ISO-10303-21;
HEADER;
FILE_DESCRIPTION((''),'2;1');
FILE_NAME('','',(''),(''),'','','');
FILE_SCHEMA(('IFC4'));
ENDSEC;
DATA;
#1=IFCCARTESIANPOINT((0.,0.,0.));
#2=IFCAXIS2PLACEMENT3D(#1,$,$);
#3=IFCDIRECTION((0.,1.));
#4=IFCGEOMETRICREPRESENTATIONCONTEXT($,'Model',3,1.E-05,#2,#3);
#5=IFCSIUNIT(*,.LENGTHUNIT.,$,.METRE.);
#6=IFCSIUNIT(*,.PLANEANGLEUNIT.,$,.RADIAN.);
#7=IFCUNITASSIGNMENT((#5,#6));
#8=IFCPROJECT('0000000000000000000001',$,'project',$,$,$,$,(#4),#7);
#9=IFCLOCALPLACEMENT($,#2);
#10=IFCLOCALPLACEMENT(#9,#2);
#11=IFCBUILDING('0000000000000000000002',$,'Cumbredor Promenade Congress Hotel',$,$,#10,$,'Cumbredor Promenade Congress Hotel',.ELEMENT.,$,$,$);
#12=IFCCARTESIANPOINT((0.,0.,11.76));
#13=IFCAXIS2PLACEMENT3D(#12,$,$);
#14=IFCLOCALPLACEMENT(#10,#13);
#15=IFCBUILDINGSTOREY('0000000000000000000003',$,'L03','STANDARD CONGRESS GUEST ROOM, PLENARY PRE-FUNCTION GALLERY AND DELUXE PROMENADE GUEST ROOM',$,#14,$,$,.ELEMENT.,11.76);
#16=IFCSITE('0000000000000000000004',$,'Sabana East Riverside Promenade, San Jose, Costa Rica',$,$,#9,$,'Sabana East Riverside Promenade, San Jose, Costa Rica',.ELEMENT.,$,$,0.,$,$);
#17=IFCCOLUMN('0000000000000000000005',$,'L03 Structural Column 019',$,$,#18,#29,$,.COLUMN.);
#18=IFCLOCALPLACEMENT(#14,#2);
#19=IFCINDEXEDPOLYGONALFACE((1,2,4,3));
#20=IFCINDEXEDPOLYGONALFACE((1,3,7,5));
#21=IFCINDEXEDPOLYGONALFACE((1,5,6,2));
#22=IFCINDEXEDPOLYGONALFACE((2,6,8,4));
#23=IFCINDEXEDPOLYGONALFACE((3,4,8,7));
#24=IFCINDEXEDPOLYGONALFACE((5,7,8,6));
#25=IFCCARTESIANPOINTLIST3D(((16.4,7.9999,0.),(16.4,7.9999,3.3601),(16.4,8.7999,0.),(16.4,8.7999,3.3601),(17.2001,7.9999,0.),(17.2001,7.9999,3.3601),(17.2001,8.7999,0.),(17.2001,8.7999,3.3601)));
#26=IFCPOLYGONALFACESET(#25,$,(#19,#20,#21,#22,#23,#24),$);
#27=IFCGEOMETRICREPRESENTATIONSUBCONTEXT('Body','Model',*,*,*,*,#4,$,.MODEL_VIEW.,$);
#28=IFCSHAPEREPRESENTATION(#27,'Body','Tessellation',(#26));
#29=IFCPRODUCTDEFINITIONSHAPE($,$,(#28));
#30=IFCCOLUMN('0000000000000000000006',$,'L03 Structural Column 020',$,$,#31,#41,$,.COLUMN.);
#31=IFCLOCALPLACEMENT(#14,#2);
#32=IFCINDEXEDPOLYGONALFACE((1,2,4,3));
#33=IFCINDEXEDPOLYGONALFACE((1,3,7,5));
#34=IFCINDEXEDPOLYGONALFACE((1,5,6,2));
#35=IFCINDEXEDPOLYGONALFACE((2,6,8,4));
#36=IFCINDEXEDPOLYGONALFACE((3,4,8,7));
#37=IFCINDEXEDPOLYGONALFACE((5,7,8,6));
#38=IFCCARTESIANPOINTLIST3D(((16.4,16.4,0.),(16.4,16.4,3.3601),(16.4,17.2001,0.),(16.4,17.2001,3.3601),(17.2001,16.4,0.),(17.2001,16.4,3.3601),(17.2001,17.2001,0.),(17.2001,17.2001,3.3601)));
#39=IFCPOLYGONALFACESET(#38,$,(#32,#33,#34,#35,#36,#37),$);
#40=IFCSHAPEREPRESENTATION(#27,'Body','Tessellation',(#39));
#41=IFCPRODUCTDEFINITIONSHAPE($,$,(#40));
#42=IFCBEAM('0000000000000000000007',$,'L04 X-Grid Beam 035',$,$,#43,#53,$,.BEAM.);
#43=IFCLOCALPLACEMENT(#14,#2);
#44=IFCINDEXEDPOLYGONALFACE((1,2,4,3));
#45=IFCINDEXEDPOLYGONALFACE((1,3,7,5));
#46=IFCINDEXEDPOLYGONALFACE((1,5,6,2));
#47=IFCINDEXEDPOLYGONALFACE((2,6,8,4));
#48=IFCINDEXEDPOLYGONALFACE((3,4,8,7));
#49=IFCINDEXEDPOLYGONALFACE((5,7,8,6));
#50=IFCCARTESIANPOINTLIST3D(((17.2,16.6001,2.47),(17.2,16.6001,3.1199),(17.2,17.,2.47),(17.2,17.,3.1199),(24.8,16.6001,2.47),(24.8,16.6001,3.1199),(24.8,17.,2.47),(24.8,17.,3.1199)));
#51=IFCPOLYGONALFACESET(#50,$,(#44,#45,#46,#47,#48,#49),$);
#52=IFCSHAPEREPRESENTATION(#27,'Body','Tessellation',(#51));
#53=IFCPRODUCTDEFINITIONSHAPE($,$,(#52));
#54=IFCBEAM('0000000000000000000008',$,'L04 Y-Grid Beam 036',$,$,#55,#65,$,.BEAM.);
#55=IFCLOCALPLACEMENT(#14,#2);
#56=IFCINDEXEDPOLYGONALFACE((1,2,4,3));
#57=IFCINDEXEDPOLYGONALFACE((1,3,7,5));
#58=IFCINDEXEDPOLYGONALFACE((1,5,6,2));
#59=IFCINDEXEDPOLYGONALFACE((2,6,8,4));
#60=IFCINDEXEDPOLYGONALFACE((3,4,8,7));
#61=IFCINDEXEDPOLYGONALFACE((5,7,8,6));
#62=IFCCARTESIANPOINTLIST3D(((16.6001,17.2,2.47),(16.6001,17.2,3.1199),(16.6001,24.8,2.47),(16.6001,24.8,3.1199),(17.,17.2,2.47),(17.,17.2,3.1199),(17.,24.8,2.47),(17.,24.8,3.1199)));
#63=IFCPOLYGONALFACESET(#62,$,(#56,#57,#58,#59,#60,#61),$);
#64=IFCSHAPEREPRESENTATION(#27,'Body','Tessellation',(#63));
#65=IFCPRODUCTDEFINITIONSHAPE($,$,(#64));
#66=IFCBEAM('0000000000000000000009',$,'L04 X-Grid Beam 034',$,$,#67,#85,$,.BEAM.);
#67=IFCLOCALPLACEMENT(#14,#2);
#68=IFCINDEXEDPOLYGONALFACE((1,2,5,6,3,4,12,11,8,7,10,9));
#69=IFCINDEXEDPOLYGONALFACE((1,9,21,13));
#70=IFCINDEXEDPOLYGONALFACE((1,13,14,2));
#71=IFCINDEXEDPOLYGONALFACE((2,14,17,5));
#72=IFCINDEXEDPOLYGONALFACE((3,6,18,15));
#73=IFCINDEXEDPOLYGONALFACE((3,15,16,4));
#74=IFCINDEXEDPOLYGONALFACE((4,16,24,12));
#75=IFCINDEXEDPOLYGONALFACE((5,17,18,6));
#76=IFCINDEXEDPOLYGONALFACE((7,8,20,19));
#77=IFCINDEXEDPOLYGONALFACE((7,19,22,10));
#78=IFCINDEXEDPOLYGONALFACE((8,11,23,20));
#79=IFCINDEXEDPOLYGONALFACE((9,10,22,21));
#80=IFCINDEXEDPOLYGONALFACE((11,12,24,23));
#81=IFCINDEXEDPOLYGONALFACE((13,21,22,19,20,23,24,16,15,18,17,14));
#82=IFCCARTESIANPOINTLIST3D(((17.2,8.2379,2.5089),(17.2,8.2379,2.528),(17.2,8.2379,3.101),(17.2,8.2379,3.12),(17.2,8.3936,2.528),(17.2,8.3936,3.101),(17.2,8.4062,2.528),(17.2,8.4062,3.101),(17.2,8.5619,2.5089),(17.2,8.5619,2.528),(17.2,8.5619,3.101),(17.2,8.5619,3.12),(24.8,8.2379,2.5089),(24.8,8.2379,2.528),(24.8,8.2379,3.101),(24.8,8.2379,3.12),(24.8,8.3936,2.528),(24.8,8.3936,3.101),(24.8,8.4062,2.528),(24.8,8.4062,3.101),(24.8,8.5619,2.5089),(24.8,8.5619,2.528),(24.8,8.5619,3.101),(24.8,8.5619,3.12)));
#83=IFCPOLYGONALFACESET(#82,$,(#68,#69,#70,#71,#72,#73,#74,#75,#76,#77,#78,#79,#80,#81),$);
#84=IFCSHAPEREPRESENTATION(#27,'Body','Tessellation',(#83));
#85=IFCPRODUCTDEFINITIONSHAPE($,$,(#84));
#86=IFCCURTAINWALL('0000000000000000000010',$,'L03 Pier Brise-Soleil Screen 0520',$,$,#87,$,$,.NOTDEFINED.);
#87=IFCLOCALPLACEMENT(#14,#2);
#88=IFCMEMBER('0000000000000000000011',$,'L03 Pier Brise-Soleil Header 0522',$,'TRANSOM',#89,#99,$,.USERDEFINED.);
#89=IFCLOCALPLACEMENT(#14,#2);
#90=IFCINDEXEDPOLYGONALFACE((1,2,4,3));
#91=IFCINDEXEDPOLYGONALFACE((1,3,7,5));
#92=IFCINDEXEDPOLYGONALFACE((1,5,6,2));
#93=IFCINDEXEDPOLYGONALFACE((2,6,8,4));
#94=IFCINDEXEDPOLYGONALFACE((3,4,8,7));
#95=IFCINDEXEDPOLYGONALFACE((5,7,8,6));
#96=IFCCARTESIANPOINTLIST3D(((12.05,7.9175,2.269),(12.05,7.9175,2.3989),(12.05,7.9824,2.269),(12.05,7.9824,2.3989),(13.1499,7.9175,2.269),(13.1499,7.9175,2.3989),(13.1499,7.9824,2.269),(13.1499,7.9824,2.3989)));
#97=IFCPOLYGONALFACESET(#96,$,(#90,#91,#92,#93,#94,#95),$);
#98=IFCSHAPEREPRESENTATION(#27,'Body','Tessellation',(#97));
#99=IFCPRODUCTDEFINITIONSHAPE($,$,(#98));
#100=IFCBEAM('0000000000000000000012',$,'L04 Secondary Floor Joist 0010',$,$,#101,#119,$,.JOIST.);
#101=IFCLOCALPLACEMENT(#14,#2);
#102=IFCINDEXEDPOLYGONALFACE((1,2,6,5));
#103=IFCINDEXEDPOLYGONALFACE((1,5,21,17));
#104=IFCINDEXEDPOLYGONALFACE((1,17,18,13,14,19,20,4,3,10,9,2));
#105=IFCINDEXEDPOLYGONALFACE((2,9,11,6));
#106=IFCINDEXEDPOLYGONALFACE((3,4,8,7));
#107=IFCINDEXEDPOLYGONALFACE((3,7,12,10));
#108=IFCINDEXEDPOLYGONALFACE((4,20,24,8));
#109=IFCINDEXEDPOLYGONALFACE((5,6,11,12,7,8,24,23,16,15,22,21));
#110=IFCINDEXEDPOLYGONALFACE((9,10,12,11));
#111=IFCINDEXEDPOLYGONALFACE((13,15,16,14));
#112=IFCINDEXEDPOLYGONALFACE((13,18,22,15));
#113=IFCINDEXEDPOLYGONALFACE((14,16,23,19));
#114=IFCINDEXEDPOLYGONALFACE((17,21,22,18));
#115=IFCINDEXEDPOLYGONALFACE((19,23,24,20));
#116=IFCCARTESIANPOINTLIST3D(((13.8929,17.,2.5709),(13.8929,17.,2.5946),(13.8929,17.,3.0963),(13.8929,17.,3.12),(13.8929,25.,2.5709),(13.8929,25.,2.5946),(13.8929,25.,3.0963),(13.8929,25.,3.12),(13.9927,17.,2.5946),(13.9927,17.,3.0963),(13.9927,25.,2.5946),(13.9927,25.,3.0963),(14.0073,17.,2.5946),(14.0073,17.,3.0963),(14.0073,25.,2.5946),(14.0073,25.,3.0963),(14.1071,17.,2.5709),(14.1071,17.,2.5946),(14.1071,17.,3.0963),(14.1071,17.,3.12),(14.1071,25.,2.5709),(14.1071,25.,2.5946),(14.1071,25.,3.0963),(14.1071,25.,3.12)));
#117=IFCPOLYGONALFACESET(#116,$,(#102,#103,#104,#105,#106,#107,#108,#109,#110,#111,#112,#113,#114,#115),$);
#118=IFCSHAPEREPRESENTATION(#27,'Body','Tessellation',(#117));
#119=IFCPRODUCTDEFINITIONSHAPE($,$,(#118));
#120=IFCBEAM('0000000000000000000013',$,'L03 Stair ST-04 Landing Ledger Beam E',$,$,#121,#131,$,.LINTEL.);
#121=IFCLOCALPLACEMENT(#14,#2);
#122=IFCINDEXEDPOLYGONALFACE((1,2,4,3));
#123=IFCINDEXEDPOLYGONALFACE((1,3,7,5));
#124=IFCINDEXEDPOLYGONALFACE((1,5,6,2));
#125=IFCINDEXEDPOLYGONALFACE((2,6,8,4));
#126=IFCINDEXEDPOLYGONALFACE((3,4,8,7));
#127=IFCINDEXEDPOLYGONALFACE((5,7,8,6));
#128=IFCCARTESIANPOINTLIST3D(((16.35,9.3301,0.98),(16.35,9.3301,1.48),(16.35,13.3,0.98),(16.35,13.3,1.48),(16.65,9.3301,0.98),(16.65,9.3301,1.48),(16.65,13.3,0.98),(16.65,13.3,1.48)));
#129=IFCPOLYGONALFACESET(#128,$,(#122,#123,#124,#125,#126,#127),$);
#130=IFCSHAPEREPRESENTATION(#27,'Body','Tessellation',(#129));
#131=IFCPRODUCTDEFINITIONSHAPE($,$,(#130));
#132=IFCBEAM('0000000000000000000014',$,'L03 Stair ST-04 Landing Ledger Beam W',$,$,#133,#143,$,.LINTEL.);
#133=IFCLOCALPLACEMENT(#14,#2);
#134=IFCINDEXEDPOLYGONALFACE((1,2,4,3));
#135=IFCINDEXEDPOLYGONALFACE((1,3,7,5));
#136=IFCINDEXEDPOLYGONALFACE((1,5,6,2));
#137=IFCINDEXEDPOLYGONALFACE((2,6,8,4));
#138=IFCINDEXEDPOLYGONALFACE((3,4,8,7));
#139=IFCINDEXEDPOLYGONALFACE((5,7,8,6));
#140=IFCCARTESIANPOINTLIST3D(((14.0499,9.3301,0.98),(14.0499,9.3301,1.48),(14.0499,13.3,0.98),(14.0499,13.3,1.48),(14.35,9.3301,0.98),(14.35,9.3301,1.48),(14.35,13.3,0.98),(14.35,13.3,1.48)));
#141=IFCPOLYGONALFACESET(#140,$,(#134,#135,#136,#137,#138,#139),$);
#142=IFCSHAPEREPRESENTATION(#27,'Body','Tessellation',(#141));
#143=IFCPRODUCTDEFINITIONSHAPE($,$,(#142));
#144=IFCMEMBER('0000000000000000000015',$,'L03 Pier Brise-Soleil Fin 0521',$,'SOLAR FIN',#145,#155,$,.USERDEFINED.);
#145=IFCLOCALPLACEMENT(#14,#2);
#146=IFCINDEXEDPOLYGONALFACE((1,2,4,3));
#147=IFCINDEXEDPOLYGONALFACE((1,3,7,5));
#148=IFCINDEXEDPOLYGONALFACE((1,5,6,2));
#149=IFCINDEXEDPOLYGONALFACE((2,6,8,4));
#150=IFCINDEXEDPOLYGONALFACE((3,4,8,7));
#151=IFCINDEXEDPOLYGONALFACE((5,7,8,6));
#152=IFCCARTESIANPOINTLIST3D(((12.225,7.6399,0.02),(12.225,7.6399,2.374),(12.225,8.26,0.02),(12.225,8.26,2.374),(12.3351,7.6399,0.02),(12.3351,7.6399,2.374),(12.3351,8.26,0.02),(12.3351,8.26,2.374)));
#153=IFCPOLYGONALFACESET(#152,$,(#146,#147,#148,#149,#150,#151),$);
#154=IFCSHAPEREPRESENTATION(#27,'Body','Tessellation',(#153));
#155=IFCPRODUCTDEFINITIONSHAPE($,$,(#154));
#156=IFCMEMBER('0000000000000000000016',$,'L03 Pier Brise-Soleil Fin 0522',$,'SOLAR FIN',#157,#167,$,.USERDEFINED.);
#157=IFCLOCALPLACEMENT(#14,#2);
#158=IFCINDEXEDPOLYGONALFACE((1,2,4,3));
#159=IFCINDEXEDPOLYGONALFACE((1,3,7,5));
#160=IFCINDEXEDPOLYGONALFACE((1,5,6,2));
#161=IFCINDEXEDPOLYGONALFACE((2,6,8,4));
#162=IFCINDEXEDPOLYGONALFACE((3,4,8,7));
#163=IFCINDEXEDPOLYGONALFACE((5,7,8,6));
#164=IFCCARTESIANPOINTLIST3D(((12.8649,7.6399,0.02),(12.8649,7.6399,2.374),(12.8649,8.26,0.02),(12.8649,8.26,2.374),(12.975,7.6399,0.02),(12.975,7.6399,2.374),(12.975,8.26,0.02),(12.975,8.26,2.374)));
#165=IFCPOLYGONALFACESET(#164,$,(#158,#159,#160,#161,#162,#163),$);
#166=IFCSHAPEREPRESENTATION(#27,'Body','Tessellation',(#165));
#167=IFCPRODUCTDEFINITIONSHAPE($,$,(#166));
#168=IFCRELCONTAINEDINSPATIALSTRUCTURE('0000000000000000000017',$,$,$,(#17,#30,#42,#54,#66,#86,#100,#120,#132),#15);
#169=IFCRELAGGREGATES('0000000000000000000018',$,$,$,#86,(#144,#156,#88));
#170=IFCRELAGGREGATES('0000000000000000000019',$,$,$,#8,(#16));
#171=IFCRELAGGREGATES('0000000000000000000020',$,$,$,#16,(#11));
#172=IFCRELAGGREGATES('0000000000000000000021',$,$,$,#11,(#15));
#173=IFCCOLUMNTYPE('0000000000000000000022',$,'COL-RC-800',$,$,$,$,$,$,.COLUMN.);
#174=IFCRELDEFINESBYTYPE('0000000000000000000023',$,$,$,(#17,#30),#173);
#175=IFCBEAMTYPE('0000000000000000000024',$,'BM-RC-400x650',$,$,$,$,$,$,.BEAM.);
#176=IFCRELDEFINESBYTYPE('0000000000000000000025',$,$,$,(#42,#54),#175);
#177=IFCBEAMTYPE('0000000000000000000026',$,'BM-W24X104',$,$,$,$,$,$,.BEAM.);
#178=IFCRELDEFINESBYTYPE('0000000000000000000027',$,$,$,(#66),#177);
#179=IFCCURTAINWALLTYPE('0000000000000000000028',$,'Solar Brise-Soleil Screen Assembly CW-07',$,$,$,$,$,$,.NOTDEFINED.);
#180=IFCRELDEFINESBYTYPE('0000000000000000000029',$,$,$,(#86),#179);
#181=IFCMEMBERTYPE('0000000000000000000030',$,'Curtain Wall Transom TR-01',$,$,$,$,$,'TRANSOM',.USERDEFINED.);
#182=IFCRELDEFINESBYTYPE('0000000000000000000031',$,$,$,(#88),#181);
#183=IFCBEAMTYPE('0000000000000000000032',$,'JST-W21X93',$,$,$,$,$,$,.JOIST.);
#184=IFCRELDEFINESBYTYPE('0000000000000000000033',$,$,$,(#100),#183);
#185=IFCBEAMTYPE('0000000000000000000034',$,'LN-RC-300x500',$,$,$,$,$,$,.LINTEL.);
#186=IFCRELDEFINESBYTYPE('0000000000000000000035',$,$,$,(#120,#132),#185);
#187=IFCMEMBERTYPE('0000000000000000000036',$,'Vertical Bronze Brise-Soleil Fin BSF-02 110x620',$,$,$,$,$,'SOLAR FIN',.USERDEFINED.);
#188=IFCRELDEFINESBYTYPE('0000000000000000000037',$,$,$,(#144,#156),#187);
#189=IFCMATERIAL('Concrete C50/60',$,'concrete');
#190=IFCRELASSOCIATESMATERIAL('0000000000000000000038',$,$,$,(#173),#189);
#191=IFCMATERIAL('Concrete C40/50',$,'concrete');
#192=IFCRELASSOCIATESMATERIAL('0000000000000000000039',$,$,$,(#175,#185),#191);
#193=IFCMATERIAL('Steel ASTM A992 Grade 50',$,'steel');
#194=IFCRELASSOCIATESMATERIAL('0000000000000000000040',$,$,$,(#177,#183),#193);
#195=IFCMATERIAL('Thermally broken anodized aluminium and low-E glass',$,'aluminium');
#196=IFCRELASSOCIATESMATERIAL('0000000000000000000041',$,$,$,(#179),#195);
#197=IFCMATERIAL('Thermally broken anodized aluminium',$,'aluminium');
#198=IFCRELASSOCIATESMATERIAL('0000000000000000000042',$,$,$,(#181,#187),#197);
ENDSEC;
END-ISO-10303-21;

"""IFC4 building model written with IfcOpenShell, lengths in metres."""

from ifc_helpers import new_model, si_unit, direction, frame, origin, origin_2d, place, context, subcontext, project, spatial, rectangle, i_section, extrude, material, material_profile, profile_set, type_object, element, aggregate, save


model = new_model("IFC4")

# Units and contexts
model_context = context("Model", 3, precision=1e-05, world=origin(), true_north=direction((0.0, 1.0)))
body_context = subcontext(model_context, "Body", "Model", "MODEL_VIEW")
ifc_project = project(units=[si_unit("LENGTHUNIT", "METRE"), si_unit("PLANEANGLEUNIT", "RADIAN")], contexts=[model_context])

# Site, building, storey
site_placement = place(None, origin())
site = spatial("IfcSite", under=ifc_project, at=site_placement, Name="Sabana East Riverside Promenade, San Jose, Costa Rica", LongName="Sabana East Riverside Promenade, San Jose, Costa Rica", CompositionType="ELEMENT", RefElevation=0.0)
building_placement = place(site_placement, origin())
building = spatial("IfcBuilding", under=site, at=building_placement, Name="Cumbredor Promenade Congress Hotel", LongName="Cumbredor Promenade Congress Hotel", CompositionType="ELEMENT")
storey_placement = place(building_placement, frame((0.0, 0.0, 11.76)))
storey = spatial("IfcBuildingStorey", under=building, at=storey_placement, Name="L03", Description="STANDARD CONGRESS GUEST ROOM, PLENARY PRE-FUNCTION GALLERY AND DELUXE PROMENADE GUEST ROOM", CompositionType="ELEMENT", Elevation=11.76)

# Columns
ifc_material_1 = material(Name="Concrete C50/60", Category="concrete")
ifc_material_profile_1 = material_profile(ifc_material_1, rectangle(XDim=0.8, YDim=0.8, at=origin_2d()), Name="RC 800x800")
ifc_profile_set_1 = profile_set([ifc_material_profile_1], Name="Concrete C50/60")
column_type = type_object("IfcColumnType", Name="COL-RC-800", PredefinedType="COLUMN", material=ifc_profile_set_1)
for number, where, z_axis, x_axis, name in (
    (1, (16.8, 8.3999, 0.0), (0.0, 0.0, 1.0), (1.0, 0.0, 0.0), "L03 Structural Column 019"),
    (2, (16.8, 16.8, 0.0), (0.0, 0.0, 1.0), (1.0, 0.0, 0.0), "L03 Structural Column 020"),
):
    element("IfcColumn", number, at=place(storey_placement, frame(where, z_axis=z_axis, x_axis=x_axis)), inside=storey, type_object=column_type, Name=name, PredefinedType="COLUMN", context=body_context, shape_type="SweptSolid", body=[
        extrude(rectangle(XDim=0.8, YDim=0.8, at=origin_2d()), origin(), (0.0, 0.0, 1.0), 3.3601),
    ])

# Beams
ifc_material_2 = material(Name="Concrete C40/50", Category="concrete")
ifc_material_profile_2 = material_profile(ifc_material_2, rectangle(XDim=0.3999, YDim=0.6499, at=origin_2d()), Name="RC BEAM 400x650")
ifc_profile_set_2 = profile_set([ifc_material_profile_2], Name="Concrete C40/50")
beam_type_1 = type_object("IfcBeamType", Name="BM-RC-400x650", PredefinedType="BEAM", material=ifc_profile_set_2)
for number, where, z_axis, x_axis, name in (
    (3, (17.2, 16.8, 2.7949), (1.0, 0.0, 0.0), (0.0, 1.0, 0.0), "L04 X-Grid Beam 035"),
    (4, (16.8, 17.2, 2.7949), (0.0, 1.0, 0.0), (-1.0, 0.0, 0.0), "L04 Y-Grid Beam 036"),
):
    element("IfcBeam", number, at=place(storey_placement, frame(where, z_axis=z_axis, x_axis=x_axis)), inside=storey, type_object=beam_type_1, Name=name, PredefinedType="BEAM", context=body_context, shape_type="SweptSolid", body=[
        extrude(rectangle(XDim=0.3999, YDim=0.6499, at=origin_2d()), origin(), (0.0, 0.0, 1.0), 7.6001),
    ])
ifc_material_3 = material(Name="Steel ASTM A992 Grade 50", Category="steel")
ifc_material_profile_3 = material_profile(ifc_material_3, i_section(OverallWidth=0.324, OverallDepth=0.6111, WebThickness=0.0127, FlangeThickness=0.019, at=origin_2d()), Name="W24X104")
ifc_profile_set_3 = profile_set([ifc_material_profile_3], Name="Steel ASTM A992 Grade 50")
beam_type_2 = type_object("IfcBeamType", Name="BM-W24X104", PredefinedType="BEAM", material=ifc_profile_set_3)
beam_1_placement = place(storey_placement, frame((17.2, 8.3999, 2.8145), z_axis=(1.0, 0.0, 0.0), x_axis=(0.0, 1.0, 0.0)))
element("IfcBeam", 5, at=beam_1_placement, inside=storey, type_object=beam_type_2, Name="L04 X-Grid Beam 034", PredefinedType="BEAM", context=body_context, shape_type="SweptSolid", body=[
    extrude(i_section(OverallWidth=0.324, OverallDepth=0.6111, WebThickness=0.0127, FlangeThickness=0.019, at=origin_2d()), origin(), (0.0, 0.0, 1.0), 7.6001),
])

# Curtain wall, member
ifc_material_4 = material(Name="Thermally broken anodized aluminium and low-E glass", Category="aluminium")
curtain_wall_type = type_object("IfcCurtainWallType", Name="Solar Brise-Soleil Screen Assembly CW-07", PredefinedType="NOTDEFINED", material=ifc_material_4)
curtain_wall_placement = place(storey_placement, origin())
curtain_wall = element("IfcCurtainWall", 6, at=curtain_wall_placement, inside=storey, type_object=curtain_wall_type, Name="L03 Pier Brise-Soleil Screen 0520", PredefinedType="NOTDEFINED")
ifc_material_5 = material(Name="Thermally broken anodized aluminium", Category="aluminium")
ifc_material_profile_4 = material_profile(ifc_material_5, rectangle(XDim=0.0649, YDim=0.1299, at=origin_2d()), Name="ALU TRANSOM 65x130")
ifc_profile_set_4 = profile_set([ifc_material_profile_4], Name="Thermally broken anodized aluminium")
member_type_1 = type_object("IfcMemberType", Name="Curtain Wall Transom TR-01", ElementType="TRANSOM", PredefinedType="USERDEFINED", material=ifc_profile_set_4)
member_1_placement = place(storey_placement, frame((12.05, 7.95, 2.334), z_axis=(1.0, 0.0, 0.0), x_axis=(0.0, 1.0, 0.0)))
member_1 = element("IfcMember", 7, at=member_1_placement, type_object=member_type_1, Name="L03 Pier Brise-Soleil Header 0522", ObjectType="TRANSOM", PredefinedType="USERDEFINED", context=body_context, shape_type="SweptSolid", body=[
    extrude(rectangle(XDim=0.0649, YDim=0.1299, at=origin_2d()), origin(), (0.0, 0.0, 1.0), 1.0999),
])

# Beams
ifc_material_profile_5 = material_profile(ifc_material_3, i_section(OverallWidth=0.2141, OverallDepth=0.5491, WebThickness=0.0146, FlangeThickness=0.0237, at=origin_2d()), Name="W21X93")
ifc_profile_set_5 = profile_set([ifc_material_profile_5], Name="Steel ASTM A992 Grade 50")
beam_type_3 = type_object("IfcBeamType", Name="JST-W21X93", PredefinedType="JOIST", material=ifc_profile_set_5)
beam_2_placement = place(storey_placement, frame((14.0, 17.0, 2.8455), z_axis=(0.0, 1.0, 0.0), x_axis=(-1.0, 0.0, 0.0)))
element("IfcBeam", 8, at=beam_2_placement, inside=storey, type_object=beam_type_3, Name="L04 Secondary Floor Joist 0010", PredefinedType="JOIST", context=body_context, shape_type="SweptSolid", body=[
    extrude(i_section(OverallWidth=0.2141, OverallDepth=0.5491, WebThickness=0.0146, FlangeThickness=0.0237, at=origin_2d()), origin(), (0.0, 0.0, 1.0), 8.0),
])
ifc_material_profile_6 = material_profile(ifc_material_2, rectangle(XDim=0.3, YDim=0.5, at=origin_2d()), Name="RC LINTEL 300x500")
ifc_profile_set_6 = profile_set([ifc_material_profile_6], Name="Concrete C40/50")
beam_type_4 = type_object("IfcBeamType", Name="LN-RC-300x500", PredefinedType="LINTEL", material=ifc_profile_set_6)
for number, where, z_axis, x_axis, name in (
    (9, (16.5, 9.3301, 1.23), (0.0, 1.0, 0.0), (-1.0, 0.0, 0.0), "L03 Stair ST-04 Landing Ledger Beam E"),
    (10, (14.2, 9.3301, 1.23), (0.0, 1.0, 0.0), (-1.0, 0.0, 0.0), "L03 Stair ST-04 Landing Ledger Beam W"),
):
    element("IfcBeam", number, at=place(storey_placement, frame(where, z_axis=z_axis, x_axis=x_axis)), inside=storey, type_object=beam_type_4, Name=name, PredefinedType="LINTEL", context=body_context, shape_type="SweptSolid", body=[
        extrude(rectangle(XDim=0.3, YDim=0.5, at=origin_2d()), origin(), (0.0, 0.0, 1.0), 3.97),
    ])

# Members
ifc_material_profile_7 = material_profile(ifc_material_5, rectangle(XDim=0.1101, YDim=0.6201, at=origin_2d()), Name="ARCH FIN 110x620")
ifc_profile_set_7 = profile_set([ifc_material_profile_7], Name="Thermally broken anodized aluminium")
member_type_2 = type_object("IfcMemberType", Name="Vertical Bronze Brise-Soleil Fin BSF-02 110x620", ElementType="SOLAR FIN", PredefinedType="USERDEFINED", material=ifc_profile_set_7)
member_2_placement = place(storey_placement, frame((12.28, 7.95, 0.02), z_axis=(0.0, 0.0, 1.0), x_axis=(1.0, 0.0, 0.0)))
member_2 = element("IfcMember", 11, at=member_2_placement, type_object=member_type_2, Name="L03 Pier Brise-Soleil Fin 0521", ObjectType="SOLAR FIN", PredefinedType="USERDEFINED", context=body_context, shape_type="SweptSolid", body=[
    extrude(rectangle(XDim=0.1101, YDim=0.6201, at=origin_2d()), origin(), (0.0, 0.0, 1.0), 2.354),
])
member_3_placement = place(storey_placement, frame((12.9199, 7.95, 0.02), z_axis=(0.0, 0.0, 1.0), x_axis=(1.0, 0.0, 0.0)))
member_3 = element("IfcMember", 12, at=member_3_placement, type_object=member_type_2, Name="L03 Pier Brise-Soleil Fin 0522", ObjectType="SOLAR FIN", PredefinedType="USERDEFINED", context=body_context, shape_type="SweptSolid", body=[
    extrude(rectangle(XDim=0.1101, YDim=0.6201, at=origin_2d()), origin(), (0.0, 0.0, 1.0), 2.354),
])
aggregate(curtain_wall, [member_2, member_3, member_1])

save(model, "model.ifc")
